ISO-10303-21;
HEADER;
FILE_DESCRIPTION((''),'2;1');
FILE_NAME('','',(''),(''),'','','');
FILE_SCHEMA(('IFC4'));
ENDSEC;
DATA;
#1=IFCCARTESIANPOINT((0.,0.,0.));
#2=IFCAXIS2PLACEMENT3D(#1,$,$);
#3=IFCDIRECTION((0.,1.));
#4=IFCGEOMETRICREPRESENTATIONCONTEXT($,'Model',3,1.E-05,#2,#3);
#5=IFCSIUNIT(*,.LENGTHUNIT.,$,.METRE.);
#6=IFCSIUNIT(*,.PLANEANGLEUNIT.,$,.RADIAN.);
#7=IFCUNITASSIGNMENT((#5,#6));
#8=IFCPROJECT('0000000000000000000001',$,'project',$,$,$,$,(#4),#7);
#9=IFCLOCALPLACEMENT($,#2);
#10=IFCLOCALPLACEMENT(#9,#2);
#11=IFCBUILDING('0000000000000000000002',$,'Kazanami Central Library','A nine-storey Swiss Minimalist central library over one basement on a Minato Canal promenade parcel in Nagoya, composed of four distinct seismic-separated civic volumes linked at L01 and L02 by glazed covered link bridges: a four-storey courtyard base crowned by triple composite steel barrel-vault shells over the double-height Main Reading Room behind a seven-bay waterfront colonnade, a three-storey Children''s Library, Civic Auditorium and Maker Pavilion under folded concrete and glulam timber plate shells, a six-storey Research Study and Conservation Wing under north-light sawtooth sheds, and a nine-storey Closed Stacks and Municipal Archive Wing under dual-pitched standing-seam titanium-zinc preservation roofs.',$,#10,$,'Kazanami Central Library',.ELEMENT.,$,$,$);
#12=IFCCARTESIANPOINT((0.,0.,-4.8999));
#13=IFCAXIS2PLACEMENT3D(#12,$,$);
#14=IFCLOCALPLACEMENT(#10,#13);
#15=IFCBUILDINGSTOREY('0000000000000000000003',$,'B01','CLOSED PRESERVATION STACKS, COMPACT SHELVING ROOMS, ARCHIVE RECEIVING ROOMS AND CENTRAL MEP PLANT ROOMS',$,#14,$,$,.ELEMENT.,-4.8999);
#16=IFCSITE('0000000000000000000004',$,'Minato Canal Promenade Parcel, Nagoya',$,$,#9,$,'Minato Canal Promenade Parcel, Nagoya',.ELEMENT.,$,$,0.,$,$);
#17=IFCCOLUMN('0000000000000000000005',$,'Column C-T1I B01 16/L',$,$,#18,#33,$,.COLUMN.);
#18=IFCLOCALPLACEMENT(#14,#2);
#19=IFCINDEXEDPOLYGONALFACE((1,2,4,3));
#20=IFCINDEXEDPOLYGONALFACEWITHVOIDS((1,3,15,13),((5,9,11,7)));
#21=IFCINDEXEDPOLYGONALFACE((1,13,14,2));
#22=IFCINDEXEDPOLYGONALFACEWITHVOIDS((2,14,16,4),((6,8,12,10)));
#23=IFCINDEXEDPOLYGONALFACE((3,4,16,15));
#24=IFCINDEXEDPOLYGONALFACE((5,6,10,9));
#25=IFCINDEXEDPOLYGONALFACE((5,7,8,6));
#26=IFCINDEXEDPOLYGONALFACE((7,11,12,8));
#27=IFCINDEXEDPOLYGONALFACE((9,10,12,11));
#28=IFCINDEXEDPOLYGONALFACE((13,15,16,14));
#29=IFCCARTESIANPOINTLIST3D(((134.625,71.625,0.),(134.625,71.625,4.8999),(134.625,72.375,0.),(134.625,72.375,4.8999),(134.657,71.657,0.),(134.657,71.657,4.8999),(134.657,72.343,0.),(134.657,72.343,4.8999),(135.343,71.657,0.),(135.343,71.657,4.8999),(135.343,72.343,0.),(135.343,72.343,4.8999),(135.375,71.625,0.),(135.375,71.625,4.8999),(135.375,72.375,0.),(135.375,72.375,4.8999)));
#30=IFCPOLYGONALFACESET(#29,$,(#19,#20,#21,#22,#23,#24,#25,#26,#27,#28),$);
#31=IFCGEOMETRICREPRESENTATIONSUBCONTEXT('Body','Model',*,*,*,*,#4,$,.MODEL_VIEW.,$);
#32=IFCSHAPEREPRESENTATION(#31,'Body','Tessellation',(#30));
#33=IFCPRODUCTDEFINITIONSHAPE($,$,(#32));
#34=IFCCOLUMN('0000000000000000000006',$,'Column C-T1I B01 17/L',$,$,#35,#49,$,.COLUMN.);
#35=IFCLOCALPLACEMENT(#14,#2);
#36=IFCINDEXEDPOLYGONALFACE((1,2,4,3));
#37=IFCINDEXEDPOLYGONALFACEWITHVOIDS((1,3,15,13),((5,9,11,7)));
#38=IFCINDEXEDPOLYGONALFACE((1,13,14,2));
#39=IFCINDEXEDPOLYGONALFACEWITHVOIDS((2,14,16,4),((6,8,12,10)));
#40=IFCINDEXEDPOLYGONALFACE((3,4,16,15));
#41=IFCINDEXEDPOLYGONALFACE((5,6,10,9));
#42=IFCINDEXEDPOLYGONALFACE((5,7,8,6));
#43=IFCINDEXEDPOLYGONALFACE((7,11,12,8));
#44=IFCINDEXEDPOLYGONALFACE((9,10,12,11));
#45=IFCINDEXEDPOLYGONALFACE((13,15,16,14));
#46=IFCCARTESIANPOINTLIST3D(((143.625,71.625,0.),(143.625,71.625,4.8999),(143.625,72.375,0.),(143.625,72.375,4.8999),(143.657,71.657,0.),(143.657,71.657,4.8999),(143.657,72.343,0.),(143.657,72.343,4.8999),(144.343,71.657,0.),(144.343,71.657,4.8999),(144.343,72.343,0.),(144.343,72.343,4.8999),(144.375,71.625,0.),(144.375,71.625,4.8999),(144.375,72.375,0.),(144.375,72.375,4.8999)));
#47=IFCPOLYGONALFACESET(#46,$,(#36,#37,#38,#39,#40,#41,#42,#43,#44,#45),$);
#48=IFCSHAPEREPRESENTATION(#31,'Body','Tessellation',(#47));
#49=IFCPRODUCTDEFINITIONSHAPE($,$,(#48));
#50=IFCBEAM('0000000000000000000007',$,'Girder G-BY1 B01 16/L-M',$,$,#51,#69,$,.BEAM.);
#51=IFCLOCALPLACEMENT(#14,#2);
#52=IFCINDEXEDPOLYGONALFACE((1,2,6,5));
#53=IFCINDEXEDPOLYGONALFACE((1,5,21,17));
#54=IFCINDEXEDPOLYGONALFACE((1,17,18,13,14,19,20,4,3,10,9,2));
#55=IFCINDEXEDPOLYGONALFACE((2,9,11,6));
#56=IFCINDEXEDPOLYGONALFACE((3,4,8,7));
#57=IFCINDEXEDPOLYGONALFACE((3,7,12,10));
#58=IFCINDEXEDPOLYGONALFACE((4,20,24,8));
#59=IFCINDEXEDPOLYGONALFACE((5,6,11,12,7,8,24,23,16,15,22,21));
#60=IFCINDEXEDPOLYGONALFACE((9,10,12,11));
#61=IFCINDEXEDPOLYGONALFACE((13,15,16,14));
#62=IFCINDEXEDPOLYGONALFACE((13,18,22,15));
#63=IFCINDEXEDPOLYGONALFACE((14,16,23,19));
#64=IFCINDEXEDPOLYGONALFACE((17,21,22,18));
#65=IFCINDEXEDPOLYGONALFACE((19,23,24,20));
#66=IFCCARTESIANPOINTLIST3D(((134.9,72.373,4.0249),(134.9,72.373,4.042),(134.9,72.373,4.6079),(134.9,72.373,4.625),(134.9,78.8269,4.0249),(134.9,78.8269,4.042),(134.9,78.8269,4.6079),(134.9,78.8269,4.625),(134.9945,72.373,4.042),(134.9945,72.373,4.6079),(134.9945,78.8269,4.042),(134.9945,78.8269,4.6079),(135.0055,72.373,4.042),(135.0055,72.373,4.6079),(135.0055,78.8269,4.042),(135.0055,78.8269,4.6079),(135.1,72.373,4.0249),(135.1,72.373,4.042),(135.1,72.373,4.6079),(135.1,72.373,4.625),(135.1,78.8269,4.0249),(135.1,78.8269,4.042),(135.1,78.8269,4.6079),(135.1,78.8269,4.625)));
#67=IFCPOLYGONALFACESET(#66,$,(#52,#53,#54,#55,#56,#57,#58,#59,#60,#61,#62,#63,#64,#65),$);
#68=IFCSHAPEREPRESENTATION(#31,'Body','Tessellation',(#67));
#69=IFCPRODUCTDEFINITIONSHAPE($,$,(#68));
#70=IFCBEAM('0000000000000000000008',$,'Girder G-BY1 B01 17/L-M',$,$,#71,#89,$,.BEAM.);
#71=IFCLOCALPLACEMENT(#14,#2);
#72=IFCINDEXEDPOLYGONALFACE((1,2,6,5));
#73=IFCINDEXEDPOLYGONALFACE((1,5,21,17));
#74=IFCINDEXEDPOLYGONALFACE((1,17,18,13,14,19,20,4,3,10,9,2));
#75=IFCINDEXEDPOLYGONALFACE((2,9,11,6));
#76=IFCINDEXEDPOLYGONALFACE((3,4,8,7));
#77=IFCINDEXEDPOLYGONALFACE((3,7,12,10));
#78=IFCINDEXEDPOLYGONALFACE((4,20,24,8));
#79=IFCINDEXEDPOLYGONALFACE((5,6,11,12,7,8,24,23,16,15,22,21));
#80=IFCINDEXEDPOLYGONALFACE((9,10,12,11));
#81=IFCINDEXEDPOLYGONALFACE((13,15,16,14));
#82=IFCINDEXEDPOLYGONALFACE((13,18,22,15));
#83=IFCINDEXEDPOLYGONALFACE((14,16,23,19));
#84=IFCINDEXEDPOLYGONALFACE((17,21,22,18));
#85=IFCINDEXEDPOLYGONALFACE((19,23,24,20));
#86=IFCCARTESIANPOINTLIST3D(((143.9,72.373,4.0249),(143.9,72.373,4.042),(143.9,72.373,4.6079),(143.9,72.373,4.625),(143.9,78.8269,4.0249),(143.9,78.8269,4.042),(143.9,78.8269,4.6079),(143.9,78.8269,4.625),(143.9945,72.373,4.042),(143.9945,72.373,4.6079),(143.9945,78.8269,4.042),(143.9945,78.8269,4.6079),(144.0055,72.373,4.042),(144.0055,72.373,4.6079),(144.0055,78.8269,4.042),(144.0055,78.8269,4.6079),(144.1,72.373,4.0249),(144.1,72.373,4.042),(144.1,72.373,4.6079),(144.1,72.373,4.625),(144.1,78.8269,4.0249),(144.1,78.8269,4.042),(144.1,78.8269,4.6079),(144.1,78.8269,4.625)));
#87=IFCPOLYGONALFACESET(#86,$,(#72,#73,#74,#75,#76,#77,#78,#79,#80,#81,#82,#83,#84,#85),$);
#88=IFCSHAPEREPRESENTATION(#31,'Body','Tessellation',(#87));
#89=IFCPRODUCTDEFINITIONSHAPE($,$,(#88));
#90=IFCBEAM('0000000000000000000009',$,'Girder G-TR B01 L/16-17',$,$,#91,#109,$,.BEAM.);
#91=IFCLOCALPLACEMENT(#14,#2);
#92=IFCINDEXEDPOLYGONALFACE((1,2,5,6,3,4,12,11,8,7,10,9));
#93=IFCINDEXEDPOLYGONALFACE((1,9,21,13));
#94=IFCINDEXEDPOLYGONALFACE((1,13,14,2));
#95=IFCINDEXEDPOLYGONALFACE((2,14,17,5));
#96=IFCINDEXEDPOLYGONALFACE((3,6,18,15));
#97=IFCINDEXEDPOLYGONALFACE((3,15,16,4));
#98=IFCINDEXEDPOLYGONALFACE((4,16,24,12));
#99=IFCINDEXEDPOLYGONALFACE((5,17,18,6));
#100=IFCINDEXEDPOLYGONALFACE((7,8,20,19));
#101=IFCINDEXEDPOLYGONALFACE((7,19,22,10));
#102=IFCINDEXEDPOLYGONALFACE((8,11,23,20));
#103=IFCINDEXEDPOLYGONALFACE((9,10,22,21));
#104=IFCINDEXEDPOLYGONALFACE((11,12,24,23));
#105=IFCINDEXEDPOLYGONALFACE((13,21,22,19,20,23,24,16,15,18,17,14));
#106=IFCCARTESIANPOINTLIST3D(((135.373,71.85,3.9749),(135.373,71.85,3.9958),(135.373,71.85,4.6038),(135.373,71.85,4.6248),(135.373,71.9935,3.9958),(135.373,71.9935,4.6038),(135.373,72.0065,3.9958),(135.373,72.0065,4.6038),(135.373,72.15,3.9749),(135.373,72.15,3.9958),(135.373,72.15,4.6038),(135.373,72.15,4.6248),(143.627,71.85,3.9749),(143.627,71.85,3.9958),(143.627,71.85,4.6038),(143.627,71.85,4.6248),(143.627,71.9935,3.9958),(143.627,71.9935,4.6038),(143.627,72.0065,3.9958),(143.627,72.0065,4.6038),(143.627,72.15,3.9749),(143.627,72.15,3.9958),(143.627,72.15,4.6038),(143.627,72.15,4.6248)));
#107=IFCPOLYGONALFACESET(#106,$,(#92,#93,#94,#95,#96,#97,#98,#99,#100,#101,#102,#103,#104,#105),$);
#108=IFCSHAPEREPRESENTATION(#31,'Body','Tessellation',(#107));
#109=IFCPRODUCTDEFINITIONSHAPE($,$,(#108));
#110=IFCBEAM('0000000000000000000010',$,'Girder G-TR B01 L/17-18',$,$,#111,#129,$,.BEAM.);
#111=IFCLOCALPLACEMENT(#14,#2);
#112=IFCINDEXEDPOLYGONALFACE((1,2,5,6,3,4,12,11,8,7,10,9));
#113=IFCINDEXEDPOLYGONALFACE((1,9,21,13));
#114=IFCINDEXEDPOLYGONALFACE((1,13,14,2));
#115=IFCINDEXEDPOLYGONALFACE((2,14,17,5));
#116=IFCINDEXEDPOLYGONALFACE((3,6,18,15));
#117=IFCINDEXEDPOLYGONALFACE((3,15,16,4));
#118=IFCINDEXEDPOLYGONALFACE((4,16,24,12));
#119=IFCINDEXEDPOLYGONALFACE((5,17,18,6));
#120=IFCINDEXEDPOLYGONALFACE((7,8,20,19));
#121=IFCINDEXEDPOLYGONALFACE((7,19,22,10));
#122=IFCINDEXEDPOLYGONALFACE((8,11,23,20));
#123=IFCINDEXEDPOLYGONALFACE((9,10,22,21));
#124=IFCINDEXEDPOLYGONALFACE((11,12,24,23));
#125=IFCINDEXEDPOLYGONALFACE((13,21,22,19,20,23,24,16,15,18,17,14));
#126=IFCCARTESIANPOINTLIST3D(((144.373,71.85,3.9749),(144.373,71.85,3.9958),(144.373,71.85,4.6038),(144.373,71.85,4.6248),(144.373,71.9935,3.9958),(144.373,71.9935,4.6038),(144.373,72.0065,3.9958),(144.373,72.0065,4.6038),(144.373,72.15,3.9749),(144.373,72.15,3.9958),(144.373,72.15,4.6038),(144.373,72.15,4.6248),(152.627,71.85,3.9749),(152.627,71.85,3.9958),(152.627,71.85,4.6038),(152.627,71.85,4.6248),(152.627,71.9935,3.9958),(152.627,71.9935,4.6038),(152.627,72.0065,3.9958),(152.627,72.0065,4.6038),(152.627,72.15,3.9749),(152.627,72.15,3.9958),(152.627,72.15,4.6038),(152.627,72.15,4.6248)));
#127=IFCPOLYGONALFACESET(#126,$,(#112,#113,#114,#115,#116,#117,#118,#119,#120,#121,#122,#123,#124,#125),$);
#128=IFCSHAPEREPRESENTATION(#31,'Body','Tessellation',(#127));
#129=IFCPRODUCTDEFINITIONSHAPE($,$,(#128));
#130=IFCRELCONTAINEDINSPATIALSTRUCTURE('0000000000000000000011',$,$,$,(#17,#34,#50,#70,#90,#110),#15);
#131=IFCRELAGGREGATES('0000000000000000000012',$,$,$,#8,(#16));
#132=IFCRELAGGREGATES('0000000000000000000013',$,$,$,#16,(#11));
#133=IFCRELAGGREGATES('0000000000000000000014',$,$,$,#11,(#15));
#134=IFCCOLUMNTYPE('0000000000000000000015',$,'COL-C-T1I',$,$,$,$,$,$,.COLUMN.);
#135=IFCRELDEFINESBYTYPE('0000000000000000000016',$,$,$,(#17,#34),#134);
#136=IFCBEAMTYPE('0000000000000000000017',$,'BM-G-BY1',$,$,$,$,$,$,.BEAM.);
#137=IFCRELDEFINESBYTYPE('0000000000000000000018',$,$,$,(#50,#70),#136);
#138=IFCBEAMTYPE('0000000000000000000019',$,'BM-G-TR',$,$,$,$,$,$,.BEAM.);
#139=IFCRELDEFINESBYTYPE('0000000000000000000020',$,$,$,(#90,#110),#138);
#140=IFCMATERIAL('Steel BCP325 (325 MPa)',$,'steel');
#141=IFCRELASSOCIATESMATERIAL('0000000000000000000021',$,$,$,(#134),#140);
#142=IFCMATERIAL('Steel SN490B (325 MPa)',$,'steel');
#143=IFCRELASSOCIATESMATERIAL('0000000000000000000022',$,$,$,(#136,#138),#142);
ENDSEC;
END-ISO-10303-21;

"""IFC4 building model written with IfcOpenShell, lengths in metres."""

from ifc_helpers import new_model, si_unit, direction, frame, origin, origin_2d, place, context, subcontext, project, spatial, hollow_rectangle, i_section, extrude, material, material_profile, profile_set, type_object, element, save


model = new_model("IFC4")

# Units and contexts
model_context = context("Model", 3, precision=1e-05, world=origin(), true_north=direction((0.0, 1.0)))
body_context = subcontext(model_context, "Body", "Model", "MODEL_VIEW")
ifc_project = project(units=[si_unit("LENGTHUNIT", "METRE"), si_unit("PLANEANGLEUNIT", "RADIAN")], contexts=[model_context])

# Site, building, storey
site_placement = place(None, origin())
site = spatial("IfcSite", under=ifc_project, at=site_placement, Name="Minato Canal Promenade Parcel, Nagoya", LongName="Minato Canal Promenade Parcel, Nagoya", CompositionType="ELEMENT", RefElevation=0.0)
building_placement = place(site_placement, origin())
building = spatial("IfcBuilding", under=site, at=building_placement, Name="Kazanami Central Library", Description="A nine-storey Swiss Minimalist central library over one basement on a Minato Canal promenade parcel in Nagoya, composed of four distinct seismic-separated civic volumes linked at L01 and L02 by glazed covered link bridges: a four-storey courtyard base crowned by triple composite steel barrel-vault shells over the double-height Main Reading Room behind a seven-bay waterfront colonnade, a three-storey Children's Library, Civic Auditorium and Maker Pavilion under folded concrete and glulam timber plate shells, a six-storey Research Study and Conservation Wing under north-light sawtooth sheds, and a nine-storey Closed Stacks and Municipal Archive Wing under dual-pitched standing-seam titanium-zinc preservation roofs.", LongName="Kazanami Central Library", CompositionType="ELEMENT")
storey_placement = place(building_placement, frame((0.0, 0.0, -4.8999)))
storey = spatial("IfcBuildingStorey", under=building, at=storey_placement, Name="B01", Description="CLOSED PRESERVATION STACKS, COMPACT SHELVING ROOMS, ARCHIVE RECEIVING ROOMS AND CENTRAL MEP PLANT ROOMS", CompositionType="ELEMENT", Elevation=-4.8999)

# Columns
ifc_material_1 = material(Name="Steel BCP325 (325 MPa)", Category="steel")
ifc_material_profile_1 = material_profile(ifc_material_1, hollow_rectangle(XDim=0.75, YDim=0.75, WallThickness=0.032, at=origin_2d()), Name="BCP-750x750x32")
ifc_profile_set_1 = profile_set([ifc_material_profile_1], Name="Steel BCP325 (325 MPa)")
column_type = type_object("IfcColumnType", Name="COL-C-T1I", PredefinedType="COLUMN", material=ifc_profile_set_1)
for number, where, z_axis, x_axis, name in (
    (1, (135.0, 72.0, 0.0), (0.0, 0.0, 1.0), (1.0, 0.0, 0.0), "Column C-T1I B01 16/L"),
    (2, (144.0, 72.0, 0.0), (0.0, 0.0, 1.0), (1.0, 0.0, 0.0), "Column C-T1I B01 17/L"),
):
    element("IfcColumn", number, at=place(storey_placement, frame(where, z_axis=z_axis, x_axis=x_axis)), inside=storey, type_object=column_type, Name=name, PredefinedType="COLUMN", context=body_context, shape_type="SweptSolid", body=[
        extrude(hollow_rectangle(XDim=0.75, YDim=0.75, WallThickness=0.032, at=origin_2d()), origin(), (0.0, 0.0, 1.0), 4.8999),
    ])

# Beams
ifc_material_2 = material(Name="Steel SN490B (325 MPa)", Category="steel")
ifc_material_profile_2 = material_profile(ifc_material_2, i_section(OverallWidth=0.2, OverallDepth=0.6001, WebThickness=0.011, FlangeThickness=0.0171, at=origin_2d()), Name="H-600x200x11x17")
ifc_profile_set_2 = profile_set([ifc_material_profile_2], Name="Steel SN490B (325 MPa)")
beam_type_1 = type_object("IfcBeamType", Name="BM-G-BY1", PredefinedType="BEAM", material=ifc_profile_set_2)
for number, where, z_axis, x_axis, name in (
    (3, (135.0, 72.373, 4.325), (0.0, 1.0, 0.0), (-1.0, 0.0, 0.0), "Girder G-BY1 B01 16/L-M"),
    (4, (144.0, 72.373, 4.325), (0.0, 1.0, 0.0), (-1.0, 0.0, 0.0), "Girder G-BY1 B01 17/L-M"),
):
    element("IfcBeam", number, at=place(storey_placement, frame(where, z_axis=z_axis, x_axis=x_axis)), inside=storey, type_object=beam_type_1, Name=name, PredefinedType="BEAM", context=body_context, shape_type="SweptSolid", body=[
        extrude(i_section(OverallWidth=0.2, OverallDepth=0.6001, WebThickness=0.011, FlangeThickness=0.0171, at=origin_2d()), origin(), (0.0, 0.0, 1.0), 6.4539),
    ])
ifc_material_profile_3 = material_profile(ifc_material_2, i_section(OverallWidth=0.3, OverallDepth=0.6499, WebThickness=0.0129, FlangeThickness=0.021, at=origin_2d()), Name="H-650x300x13x21")
ifc_profile_set_3 = profile_set([ifc_material_profile_3], Name="Steel SN490B (325 MPa)")
beam_type_2 = type_object("IfcBeamType", Name="BM-G-TR", PredefinedType="BEAM", material=ifc_profile_set_3)
for number, where, z_axis, x_axis, name in (
    (5, (135.373, 72.0, 4.2998), (1.0, 0.0, 0.0), (0.0, 1.0, 0.0), "Girder G-TR B01 L/16-17"),
    (6, (144.373, 72.0, 4.2998), (1.0, 0.0, 0.0), (0.0, 1.0, 0.0), "Girder G-TR B01 L/17-18"),
):
    element("IfcBeam", number, at=place(storey_placement, frame(where, z_axis=z_axis, x_axis=x_axis)), inside=storey, type_object=beam_type_2, Name=name, PredefinedType="BEAM", context=body_context, shape_type="SweptSolid", body=[
        extrude(i_section(OverallWidth=0.3, OverallDepth=0.6499, WebThickness=0.0129, FlangeThickness=0.021, at=origin_2d()), origin(), (0.0, 0.0, 1.0), 8.2539),
    ])

save(model, "model.ifc")
